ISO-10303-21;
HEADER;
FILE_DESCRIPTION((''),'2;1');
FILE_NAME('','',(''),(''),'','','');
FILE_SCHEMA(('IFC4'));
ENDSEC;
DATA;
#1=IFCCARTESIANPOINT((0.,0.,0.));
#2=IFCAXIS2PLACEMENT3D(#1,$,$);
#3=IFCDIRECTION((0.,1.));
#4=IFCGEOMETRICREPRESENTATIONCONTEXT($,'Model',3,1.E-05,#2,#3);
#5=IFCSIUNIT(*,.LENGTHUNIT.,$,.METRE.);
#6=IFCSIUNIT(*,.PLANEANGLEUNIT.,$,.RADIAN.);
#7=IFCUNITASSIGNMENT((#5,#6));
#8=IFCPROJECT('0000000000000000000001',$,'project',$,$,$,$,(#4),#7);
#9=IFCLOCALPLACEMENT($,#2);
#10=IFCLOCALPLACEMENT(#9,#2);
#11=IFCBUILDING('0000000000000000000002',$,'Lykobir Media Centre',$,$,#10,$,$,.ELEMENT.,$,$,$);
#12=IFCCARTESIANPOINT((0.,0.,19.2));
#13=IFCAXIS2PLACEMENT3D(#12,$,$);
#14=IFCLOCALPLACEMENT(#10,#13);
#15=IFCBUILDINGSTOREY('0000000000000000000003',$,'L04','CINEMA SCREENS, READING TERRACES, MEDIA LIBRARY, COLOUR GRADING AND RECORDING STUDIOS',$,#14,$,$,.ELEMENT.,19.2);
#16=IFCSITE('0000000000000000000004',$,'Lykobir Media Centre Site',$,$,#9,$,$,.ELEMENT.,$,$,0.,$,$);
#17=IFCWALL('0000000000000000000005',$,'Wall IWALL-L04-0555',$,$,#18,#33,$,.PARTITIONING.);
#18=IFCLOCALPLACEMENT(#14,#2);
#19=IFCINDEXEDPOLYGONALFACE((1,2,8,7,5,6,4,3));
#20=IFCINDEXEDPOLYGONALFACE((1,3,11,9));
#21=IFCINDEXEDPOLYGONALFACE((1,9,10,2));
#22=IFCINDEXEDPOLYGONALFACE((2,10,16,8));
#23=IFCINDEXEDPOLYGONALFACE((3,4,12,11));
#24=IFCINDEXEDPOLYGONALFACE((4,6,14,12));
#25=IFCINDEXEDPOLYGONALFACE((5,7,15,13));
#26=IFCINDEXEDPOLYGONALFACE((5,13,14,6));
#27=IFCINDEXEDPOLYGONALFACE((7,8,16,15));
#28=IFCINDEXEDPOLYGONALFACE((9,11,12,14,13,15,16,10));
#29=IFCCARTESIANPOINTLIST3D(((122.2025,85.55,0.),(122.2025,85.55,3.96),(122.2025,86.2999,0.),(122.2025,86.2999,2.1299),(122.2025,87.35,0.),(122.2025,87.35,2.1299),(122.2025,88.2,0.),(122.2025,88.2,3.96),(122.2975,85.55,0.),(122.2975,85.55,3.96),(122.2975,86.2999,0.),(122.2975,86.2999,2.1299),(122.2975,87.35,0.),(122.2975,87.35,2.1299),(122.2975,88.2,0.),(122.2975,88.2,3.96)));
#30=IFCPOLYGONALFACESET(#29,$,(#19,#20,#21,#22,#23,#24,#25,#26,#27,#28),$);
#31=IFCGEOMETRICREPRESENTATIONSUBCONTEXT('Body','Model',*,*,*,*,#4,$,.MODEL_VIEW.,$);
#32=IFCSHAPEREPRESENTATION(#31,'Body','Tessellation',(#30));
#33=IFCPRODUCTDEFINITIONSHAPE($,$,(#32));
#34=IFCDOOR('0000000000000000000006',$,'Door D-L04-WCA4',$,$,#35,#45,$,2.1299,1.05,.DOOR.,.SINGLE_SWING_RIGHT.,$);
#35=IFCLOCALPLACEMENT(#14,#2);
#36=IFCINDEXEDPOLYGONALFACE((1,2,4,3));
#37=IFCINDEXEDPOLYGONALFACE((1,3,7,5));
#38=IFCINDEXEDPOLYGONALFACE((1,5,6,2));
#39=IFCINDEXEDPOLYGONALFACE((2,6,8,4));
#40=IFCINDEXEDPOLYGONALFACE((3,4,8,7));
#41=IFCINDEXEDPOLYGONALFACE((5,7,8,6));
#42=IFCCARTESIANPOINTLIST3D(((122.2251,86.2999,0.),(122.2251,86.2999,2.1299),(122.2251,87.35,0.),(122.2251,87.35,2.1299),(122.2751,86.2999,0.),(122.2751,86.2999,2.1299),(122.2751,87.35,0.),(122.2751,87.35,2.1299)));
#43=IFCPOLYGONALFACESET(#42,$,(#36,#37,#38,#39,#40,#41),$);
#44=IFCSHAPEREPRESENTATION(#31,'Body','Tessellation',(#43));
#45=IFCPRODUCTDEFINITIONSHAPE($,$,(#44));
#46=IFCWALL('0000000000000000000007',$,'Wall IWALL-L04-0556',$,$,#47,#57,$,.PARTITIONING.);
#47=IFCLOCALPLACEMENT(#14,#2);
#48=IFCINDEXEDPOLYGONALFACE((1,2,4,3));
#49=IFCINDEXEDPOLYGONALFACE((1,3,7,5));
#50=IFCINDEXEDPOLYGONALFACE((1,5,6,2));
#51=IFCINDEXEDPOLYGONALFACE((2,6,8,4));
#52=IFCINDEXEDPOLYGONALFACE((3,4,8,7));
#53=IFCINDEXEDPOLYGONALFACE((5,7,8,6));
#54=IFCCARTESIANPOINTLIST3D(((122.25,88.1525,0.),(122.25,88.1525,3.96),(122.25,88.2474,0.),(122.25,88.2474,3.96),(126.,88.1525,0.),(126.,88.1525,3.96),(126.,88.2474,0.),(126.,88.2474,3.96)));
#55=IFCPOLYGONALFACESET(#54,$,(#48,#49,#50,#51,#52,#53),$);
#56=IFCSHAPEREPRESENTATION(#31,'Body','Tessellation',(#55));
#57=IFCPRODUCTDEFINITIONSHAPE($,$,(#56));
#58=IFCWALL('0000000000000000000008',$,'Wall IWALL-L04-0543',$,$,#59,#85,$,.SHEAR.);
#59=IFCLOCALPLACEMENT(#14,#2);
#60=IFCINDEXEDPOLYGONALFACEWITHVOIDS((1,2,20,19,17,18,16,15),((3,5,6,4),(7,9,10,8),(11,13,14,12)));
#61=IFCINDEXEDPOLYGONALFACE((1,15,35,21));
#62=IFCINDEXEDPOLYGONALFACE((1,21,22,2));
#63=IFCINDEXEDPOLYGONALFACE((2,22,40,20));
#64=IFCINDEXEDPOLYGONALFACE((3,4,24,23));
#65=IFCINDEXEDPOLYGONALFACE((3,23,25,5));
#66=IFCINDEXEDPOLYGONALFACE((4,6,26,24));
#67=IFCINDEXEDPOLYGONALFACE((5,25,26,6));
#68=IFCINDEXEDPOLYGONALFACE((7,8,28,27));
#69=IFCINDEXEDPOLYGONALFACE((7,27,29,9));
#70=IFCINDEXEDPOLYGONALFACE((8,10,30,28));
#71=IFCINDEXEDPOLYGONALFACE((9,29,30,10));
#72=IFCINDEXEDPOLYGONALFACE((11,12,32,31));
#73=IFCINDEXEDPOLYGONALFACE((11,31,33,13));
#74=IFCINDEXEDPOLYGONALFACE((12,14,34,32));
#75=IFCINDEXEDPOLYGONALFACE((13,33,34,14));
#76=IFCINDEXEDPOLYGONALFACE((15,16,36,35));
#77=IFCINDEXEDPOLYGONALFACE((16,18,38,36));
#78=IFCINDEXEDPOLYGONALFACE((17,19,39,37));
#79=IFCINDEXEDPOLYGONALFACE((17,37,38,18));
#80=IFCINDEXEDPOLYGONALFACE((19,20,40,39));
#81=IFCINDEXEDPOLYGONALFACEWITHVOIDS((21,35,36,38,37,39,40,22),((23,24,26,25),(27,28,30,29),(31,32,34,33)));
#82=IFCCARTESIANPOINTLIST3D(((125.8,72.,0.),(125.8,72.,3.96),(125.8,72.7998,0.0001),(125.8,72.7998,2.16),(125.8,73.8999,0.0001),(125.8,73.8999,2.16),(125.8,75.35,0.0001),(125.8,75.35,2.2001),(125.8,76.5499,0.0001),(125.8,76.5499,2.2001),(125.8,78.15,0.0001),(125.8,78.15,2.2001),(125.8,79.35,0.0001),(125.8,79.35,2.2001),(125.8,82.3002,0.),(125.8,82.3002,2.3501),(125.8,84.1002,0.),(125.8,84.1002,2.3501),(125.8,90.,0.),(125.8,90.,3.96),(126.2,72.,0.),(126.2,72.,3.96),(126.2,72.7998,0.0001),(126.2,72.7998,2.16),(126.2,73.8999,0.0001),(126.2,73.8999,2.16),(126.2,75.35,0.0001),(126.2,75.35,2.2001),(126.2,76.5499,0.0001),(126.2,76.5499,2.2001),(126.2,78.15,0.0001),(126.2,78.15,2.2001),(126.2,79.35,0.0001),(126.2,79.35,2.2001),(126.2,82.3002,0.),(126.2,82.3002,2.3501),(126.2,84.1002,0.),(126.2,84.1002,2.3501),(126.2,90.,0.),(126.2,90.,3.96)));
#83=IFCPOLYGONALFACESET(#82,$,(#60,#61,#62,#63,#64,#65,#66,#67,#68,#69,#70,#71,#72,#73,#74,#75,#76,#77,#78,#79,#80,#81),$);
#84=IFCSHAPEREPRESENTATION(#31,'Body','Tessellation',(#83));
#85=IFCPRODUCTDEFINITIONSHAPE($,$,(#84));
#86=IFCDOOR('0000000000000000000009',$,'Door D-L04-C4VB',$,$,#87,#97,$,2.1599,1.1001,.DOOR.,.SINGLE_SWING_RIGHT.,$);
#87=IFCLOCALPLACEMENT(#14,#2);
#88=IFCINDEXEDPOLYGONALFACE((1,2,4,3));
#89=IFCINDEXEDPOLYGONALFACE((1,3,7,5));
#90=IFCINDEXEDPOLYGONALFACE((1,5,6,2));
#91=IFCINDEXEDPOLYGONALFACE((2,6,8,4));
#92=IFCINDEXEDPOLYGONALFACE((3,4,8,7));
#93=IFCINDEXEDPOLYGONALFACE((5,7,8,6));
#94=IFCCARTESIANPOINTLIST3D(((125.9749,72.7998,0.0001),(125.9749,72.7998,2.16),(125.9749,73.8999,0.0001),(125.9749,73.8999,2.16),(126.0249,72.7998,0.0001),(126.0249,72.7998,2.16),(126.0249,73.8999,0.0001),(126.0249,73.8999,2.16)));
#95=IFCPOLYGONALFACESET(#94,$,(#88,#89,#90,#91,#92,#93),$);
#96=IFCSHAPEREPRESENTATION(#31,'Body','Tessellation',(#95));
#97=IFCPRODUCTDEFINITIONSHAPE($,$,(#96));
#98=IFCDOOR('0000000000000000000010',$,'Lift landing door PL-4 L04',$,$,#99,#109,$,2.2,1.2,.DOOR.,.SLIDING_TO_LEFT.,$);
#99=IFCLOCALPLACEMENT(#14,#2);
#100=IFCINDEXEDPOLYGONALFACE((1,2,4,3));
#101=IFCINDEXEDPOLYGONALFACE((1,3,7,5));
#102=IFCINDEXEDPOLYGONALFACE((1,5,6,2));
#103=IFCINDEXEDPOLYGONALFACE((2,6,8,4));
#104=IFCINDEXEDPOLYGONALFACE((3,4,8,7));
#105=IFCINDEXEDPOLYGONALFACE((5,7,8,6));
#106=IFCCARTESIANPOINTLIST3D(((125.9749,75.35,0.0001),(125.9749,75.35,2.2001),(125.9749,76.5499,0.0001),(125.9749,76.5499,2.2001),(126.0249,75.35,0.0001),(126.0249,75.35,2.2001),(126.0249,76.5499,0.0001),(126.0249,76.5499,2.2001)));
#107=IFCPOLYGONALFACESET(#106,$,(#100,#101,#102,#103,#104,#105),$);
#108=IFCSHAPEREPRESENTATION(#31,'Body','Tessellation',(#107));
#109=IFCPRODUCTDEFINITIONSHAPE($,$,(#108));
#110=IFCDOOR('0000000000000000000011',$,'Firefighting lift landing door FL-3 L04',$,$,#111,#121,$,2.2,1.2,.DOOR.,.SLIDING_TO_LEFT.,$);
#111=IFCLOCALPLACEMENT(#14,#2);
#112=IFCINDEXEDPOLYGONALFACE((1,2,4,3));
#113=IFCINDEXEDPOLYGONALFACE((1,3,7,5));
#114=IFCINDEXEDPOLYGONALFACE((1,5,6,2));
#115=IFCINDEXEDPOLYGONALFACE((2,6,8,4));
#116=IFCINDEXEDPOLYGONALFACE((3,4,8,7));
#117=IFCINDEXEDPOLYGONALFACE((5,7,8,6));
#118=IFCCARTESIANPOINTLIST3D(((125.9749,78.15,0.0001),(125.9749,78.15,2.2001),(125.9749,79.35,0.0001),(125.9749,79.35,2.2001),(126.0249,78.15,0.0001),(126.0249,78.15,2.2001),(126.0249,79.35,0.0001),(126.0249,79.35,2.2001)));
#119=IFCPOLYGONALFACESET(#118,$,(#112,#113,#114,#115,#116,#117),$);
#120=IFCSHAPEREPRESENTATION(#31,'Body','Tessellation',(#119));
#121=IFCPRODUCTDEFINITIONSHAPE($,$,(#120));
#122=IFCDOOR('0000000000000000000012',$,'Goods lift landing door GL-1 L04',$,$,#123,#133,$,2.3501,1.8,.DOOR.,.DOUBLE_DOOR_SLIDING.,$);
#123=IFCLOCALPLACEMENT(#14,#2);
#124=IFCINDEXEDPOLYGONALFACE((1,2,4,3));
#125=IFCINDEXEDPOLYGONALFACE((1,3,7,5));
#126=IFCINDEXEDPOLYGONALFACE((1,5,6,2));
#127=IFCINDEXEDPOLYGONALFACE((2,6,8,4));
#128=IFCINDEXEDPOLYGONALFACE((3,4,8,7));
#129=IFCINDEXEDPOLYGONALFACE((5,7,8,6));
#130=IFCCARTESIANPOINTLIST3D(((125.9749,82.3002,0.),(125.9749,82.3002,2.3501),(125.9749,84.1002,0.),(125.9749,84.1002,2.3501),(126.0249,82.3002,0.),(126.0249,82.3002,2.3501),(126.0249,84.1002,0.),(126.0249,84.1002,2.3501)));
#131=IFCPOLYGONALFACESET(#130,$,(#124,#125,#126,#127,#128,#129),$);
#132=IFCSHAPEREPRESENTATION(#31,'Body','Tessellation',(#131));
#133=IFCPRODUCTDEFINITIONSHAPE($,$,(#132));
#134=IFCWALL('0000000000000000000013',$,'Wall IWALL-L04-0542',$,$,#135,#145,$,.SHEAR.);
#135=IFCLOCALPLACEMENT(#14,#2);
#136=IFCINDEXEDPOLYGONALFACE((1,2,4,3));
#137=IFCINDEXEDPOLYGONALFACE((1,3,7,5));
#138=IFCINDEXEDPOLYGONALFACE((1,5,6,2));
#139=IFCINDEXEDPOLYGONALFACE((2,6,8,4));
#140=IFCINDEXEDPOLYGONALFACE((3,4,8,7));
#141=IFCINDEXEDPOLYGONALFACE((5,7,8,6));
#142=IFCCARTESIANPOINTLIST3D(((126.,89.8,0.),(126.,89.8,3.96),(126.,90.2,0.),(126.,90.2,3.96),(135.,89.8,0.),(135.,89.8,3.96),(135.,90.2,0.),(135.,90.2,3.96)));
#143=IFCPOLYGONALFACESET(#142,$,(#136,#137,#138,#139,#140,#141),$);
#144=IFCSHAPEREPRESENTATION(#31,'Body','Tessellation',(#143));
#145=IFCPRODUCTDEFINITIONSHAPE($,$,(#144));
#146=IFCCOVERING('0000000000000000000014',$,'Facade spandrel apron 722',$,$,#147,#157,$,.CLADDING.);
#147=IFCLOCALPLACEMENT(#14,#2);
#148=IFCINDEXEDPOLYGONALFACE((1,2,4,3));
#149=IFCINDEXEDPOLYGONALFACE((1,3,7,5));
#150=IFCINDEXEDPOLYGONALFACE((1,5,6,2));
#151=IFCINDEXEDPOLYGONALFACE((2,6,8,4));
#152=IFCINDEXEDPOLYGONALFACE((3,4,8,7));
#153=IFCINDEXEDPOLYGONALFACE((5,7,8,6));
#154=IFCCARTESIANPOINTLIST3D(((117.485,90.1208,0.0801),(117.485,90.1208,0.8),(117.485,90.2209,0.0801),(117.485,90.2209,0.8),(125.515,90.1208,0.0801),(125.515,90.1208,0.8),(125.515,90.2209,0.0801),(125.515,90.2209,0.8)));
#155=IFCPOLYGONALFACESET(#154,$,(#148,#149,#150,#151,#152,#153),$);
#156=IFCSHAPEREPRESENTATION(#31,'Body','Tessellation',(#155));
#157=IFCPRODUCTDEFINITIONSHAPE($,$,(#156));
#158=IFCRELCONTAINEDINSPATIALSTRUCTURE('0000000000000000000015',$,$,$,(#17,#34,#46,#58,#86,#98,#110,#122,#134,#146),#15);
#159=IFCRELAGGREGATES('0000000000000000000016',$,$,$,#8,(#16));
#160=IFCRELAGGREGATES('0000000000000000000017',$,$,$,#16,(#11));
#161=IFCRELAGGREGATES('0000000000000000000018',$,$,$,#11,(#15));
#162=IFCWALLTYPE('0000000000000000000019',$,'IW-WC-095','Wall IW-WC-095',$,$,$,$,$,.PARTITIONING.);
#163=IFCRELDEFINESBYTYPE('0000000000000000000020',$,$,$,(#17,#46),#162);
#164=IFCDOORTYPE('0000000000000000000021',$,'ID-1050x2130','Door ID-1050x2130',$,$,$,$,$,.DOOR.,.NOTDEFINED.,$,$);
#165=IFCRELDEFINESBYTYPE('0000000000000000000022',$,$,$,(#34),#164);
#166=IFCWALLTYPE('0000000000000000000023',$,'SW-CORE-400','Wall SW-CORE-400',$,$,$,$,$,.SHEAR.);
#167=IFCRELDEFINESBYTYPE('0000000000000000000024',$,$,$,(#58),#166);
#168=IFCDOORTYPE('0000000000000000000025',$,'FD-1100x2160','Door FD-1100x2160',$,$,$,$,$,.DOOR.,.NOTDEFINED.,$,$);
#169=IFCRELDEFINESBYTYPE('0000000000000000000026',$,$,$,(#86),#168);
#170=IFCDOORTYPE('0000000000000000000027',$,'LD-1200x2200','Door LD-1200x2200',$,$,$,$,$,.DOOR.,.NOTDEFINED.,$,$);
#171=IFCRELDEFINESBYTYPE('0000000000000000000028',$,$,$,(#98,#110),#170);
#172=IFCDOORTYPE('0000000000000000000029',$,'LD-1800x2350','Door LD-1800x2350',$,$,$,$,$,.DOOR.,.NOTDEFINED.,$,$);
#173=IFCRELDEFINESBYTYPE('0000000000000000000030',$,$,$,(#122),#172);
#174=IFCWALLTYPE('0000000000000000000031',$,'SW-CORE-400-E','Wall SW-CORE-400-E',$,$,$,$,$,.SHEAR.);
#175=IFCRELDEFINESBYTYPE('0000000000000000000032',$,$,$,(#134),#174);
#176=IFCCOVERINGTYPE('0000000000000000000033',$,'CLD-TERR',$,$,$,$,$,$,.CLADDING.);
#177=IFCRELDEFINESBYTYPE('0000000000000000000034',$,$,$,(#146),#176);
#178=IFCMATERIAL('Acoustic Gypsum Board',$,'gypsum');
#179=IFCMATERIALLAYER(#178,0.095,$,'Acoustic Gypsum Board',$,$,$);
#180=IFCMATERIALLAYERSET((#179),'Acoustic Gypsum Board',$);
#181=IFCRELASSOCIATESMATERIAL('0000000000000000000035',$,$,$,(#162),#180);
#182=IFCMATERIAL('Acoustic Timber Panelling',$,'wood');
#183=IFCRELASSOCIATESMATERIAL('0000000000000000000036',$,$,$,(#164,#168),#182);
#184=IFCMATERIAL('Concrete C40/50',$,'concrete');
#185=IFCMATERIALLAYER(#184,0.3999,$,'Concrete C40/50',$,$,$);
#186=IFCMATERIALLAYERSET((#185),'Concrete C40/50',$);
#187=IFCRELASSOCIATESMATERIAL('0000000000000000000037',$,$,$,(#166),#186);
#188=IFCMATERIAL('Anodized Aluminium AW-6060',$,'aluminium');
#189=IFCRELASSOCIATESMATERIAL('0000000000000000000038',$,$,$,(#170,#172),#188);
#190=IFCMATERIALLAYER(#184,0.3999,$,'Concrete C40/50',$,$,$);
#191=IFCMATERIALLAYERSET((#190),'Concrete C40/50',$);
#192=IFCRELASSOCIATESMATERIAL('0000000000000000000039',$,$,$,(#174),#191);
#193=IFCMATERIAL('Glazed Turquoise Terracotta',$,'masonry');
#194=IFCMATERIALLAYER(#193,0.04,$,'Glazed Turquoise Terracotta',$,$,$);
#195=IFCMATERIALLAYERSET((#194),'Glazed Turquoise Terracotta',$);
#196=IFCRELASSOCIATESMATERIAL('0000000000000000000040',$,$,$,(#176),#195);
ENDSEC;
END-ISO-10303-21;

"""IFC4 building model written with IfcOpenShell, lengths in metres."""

from ifc_helpers import new_model, si_unit, direction, frame, frame_2d, origin, origin_2d, place, context, subcontext, project, spatial, rectangle, extrude, material, layer, layer_set, type_object, element, fill, save


model = new_model("IFC4")

# Units and contexts
model_context = context("Model", 3, precision=1e-05, world=origin(), true_north=direction((0.0, 1.0)))
body_context = subcontext(model_context, "Body", "Model", "MODEL_VIEW")
ifc_project = project(units=[si_unit("LENGTHUNIT", "METRE"), si_unit("PLANEANGLEUNIT", "RADIAN")], contexts=[model_context])

# Site, building, storey
site_placement = place(None, origin())
site = spatial("IfcSite", under=ifc_project, at=site_placement, Name="Lykobir Media Centre Site", CompositionType="ELEMENT", RefElevation=0.0)
building_placement = place(site_placement, origin())
building = spatial("IfcBuilding", under=site, at=building_placement, Name="Lykobir Media Centre", CompositionType="ELEMENT")
storey_placement = place(building_placement, frame((0.0, 0.0, 19.2)))
storey = spatial("IfcBuildingStorey", under=building, at=storey_placement, Name="L04", Description="CINEMA SCREENS, READING TERRACES, MEDIA LIBRARY, COLOUR GRADING AND RECORDING STUDIOS", CompositionType="ELEMENT", Elevation=19.2)

# Shared definitions
ifc_material_1 = material(Name="Concrete C40/50", Category="concrete")

# Shared definitions
ifc_material_2 = material(Name="Glazed Turquoise Terracotta", Category="masonry")

# Shared definitions
ifc_material_3 = material(Name="Acoustic Gypsum Board", Category="gypsum")

# Wall, opening, door
ifc_layer_1 = layer(ifc_material_3, 0.095, Name="Acoustic Gypsum Board")
ifc_layer_set_1 = layer_set([ifc_layer_1], Name="Acoustic Gypsum Board")
wall_type_1 = type_object("IfcWallType", Name="IW-WC-095", Description="Wall IW-WC-095", PredefinedType="PARTITIONING", material=ifc_layer_set_1)
wall_1_placement = place(storey_placement, frame((122.25, 85.55, 0.0), z_axis=(0.0, 0.0, 1.0), x_axis=(0.0, 1.0, 0.0)))
wall_1 = element("IfcWall", 1, at=wall_1_placement, inside=storey, type_object=wall_type_1, Name="Wall IWALL-L04-0555", PredefinedType="PARTITIONING", context=body_context, shape_type="SweptSolid", body=[
    extrude(rectangle(XDim=2.6499, YDim=0.095, at=frame_2d((1.325, 0.0))), origin(), (0.0, 0.0, 1.0), 3.96),
])
opening_1_placement = place(wall_1_placement, frame((0.75, 0.0, 0.0)))
opening_1 = element("IfcOpeningElement", 2, at=opening_1_placement, cuts=wall_1, PredefinedType="OPENING", context=body_context, shape_type="SweptSolid", body=[
    extrude(rectangle(XDim=1.05, YDim=2.1299, at=frame_2d((0.5249, 1.0649))), frame((0.0, 0.0574, 0.0), z_axis=(0.0, -1.0, 0.0), x_axis=(1.0, 0.0, 0.0)), (0.0, 0.0, 1.0), 0.115),
])
ifc_material_4 = material(Name="Acoustic Timber Panelling", Category="wood")
door_type_1 = type_object("IfcDoorType", Name="ID-1050x2130", Description="Door ID-1050x2130", OperationType="NOTDEFINED", PredefinedType="DOOR", material=ifc_material_4)
door_1_placement = place(opening_1_placement, origin())
door_1 = element("IfcDoor", 3, at=door_1_placement, inside=storey, type_object=door_type_1, Name="Door D-L04-WCA4", OperationType="SINGLE_SWING_RIGHT", OverallHeight=2.1299, OverallWidth=1.05, PredefinedType="DOOR", context=body_context, shape_type="SweptSolid", body=[
    extrude(rectangle(XDim=1.05, YDim=2.1299, at=frame_2d((0.5249, 1.0649))), frame((0.0, 0.0249, 0.0), z_axis=(0.0, -1.0, 0.0), x_axis=(1.0, 0.0, 0.0)), (0.0, 0.0, 1.0), 0.05),
])
fill(opening_1, door_1)

# Wall
wall_2_placement = place(storey_placement, frame((122.25, 88.2, 0.0), z_axis=(0.0, 0.0, 1.0), x_axis=(1.0, 0.0, 0.0)))
element("IfcWall", 4, at=wall_2_placement, inside=storey, type_object=wall_type_1, Name="Wall IWALL-L04-0556", PredefinedType="PARTITIONING", context=body_context, shape_type="SweptSolid", body=[
    extrude(rectangle(XDim=3.75, YDim=0.095, at=frame_2d((1.875, 0.0))), origin(), (0.0, 0.0, 1.0), 3.96),
])

# Wall, openings, doors
ifc_layer_2 = layer(ifc_material_1, 0.3999, Name="Concrete C40/50")
ifc_layer_set_2 = layer_set([ifc_layer_2], Name="Concrete C40/50")
wall_type_2 = type_object("IfcWallType", Name="SW-CORE-400", Description="Wall SW-CORE-400", PredefinedType="SHEAR", material=ifc_layer_set_2)
wall_3_placement = place(storey_placement, frame((126.0, 90.0, 0.0), z_axis=(0.0, 0.0, 1.0), x_axis=(0.0, -1.0, 0.0)))
wall_3 = element("IfcWall", 5, at=wall_3_placement, inside=storey, type_object=wall_type_2, Name="Wall IWALL-L04-0543", PredefinedType="SHEAR", context=body_context, shape_type="SweptSolid", body=[
    extrude(rectangle(XDim=18.0, YDim=0.3999, at=frame_2d((9.0, 0.0))), origin(), (0.0, 0.0, 1.0), 3.96),
])
opening_2_placement = place(wall_3_placement, frame((16.1001, 0.0, 0.0)))
opening_2 = element("IfcOpeningElement", 6, at=opening_2_placement, cuts=wall_3, PredefinedType="OPENING", context=body_context, shape_type="SweptSolid", body=[
    extrude(rectangle(XDim=1.1001, YDim=2.1599, at=frame_2d((0.55, 1.0801))), frame((0.0, 0.21, 0.0), z_axis=(0.0, -1.0, 0.0), x_axis=(1.0, 0.0, 0.0)), (0.0, 0.0, 1.0), 0.4199),
])
opening_3_placement = place(wall_3_placement, frame((13.45, 0.0, 0.0)))
opening_3 = element("IfcOpeningElement", 7, at=opening_3_placement, cuts=wall_3, PredefinedType="OPENING", context=body_context, shape_type="SweptSolid", body=[
    extrude(rectangle(XDim=1.2, YDim=2.2, at=frame_2d((0.6001, 1.1001))), frame((0.0, 0.21, 0.0), z_axis=(0.0, -1.0, 0.0), x_axis=(1.0, 0.0, 0.0)), (0.0, 0.0, 1.0), 0.4199),
])
opening_4_placement = place(wall_3_placement, frame((10.6499, 0.0, 0.0)))
opening_4 = element("IfcOpeningElement", 8, at=opening_4_placement, cuts=wall_3, PredefinedType="OPENING", context=body_context, shape_type="SweptSolid", body=[
    extrude(rectangle(XDim=1.2, YDim=2.2, at=frame_2d((0.6001, 1.1001))), frame((0.0, 0.21, 0.0), z_axis=(0.0, -1.0, 0.0), x_axis=(1.0, 0.0, 0.0)), (0.0, 0.0, 1.0), 0.4199),
])
opening_5_placement = place(wall_3_placement, frame((5.8999, 0.0, 0.0)))
opening_5 = element("IfcOpeningElement", 9, at=opening_5_placement, cuts=wall_3, PredefinedType="OPENING", context=body_context, shape_type="SweptSolid", body=[
    extrude(rectangle(XDim=1.8, YDim=2.3501, at=frame_2d((0.8999, 1.175))), frame((0.0, 0.21, 0.0), z_axis=(0.0, -1.0, 0.0), x_axis=(1.0, 0.0, 0.0)), (0.0, 0.0, 1.0), 0.4199),
])
door_type_2 = type_object("IfcDoorType", Name="FD-1100x2160", Description="Door FD-1100x2160", OperationType="NOTDEFINED", PredefinedType="DOOR", material=ifc_material_4)
door_2_placement = place(opening_2_placement, origin())
door_2 = element("IfcDoor", 10, at=door_2_placement, inside=storey, type_object=door_type_2, Name="Door D-L04-C4VB", OperationType="SINGLE_SWING_RIGHT", OverallHeight=2.1599, OverallWidth=1.1001, PredefinedType="DOOR", context=body_context, shape_type="SweptSolid", body=[
    extrude(rectangle(XDim=1.1001, YDim=2.1599, at=frame_2d((0.55, 1.0801))), frame((0.0, 0.0249, 0.0), z_axis=(0.0, -1.0, 0.0), x_axis=(1.0, 0.0, 0.0)), (0.0, 0.0, 1.0), 0.05),
])
fill(opening_2, door_2)
ifc_material_5 = material(Name="Anodized Aluminium AW-6060", Category="aluminium")
door_type_3 = type_object("IfcDoorType", Name="LD-1200x2200", Description="Door LD-1200x2200", OperationType="NOTDEFINED", PredefinedType="DOOR", material=ifc_material_5)
door_3_placement = place(opening_3_placement, origin())
door_3 = element("IfcDoor", 11, at=door_3_placement, inside=storey, type_object=door_type_3, Name="Lift landing door PL-4 L04", OperationType="SLIDING_TO_LEFT", OverallHeight=2.2, OverallWidth=1.2, PredefinedType="DOOR", context=body_context, shape_type="SweptSolid", body=[
    extrude(rectangle(XDim=1.2, YDim=2.2, at=frame_2d((0.6001, 1.1001))), frame((0.0, 0.0249, 0.0), z_axis=(0.0, -1.0, 0.0), x_axis=(1.0, 0.0, 0.0)), (0.0, 0.0, 1.0), 0.05),
])
fill(opening_3, door_3)
door_4_placement = place(opening_4_placement, origin())
door_4 = element("IfcDoor", 12, at=door_4_placement, inside=storey, type_object=door_type_3, Name="Firefighting lift landing door FL-3 L04", OperationType="SLIDING_TO_LEFT", OverallHeight=2.2, OverallWidth=1.2, PredefinedType="DOOR", context=body_context, shape_type="SweptSolid", body=[
    extrude(rectangle(XDim=1.2, YDim=2.2, at=frame_2d((0.6001, 1.1001))), frame((0.0, 0.0249, 0.0), z_axis=(0.0, -1.0, 0.0), x_axis=(1.0, 0.0, 0.0)), (0.0, 0.0, 1.0), 0.05),
])
fill(opening_4, door_4)
door_type_4 = type_object("IfcDoorType", Name="LD-1800x2350", Description="Door LD-1800x2350", OperationType="NOTDEFINED", PredefinedType="DOOR", material=ifc_material_5)
door_5_placement = place(opening_5_placement, origin())
door_5 = element("IfcDoor", 13, at=door_5_placement, inside=storey, type_object=door_type_4, Name="Goods lift landing door GL-1 L04", OperationType="DOUBLE_DOOR_SLIDING", OverallHeight=2.3501, OverallWidth=1.8, PredefinedType="DOOR", context=body_context, shape_type="SweptSolid", body=[
    extrude(rectangle(XDim=1.8, YDim=2.3501, at=frame_2d((0.8999, 1.175))), frame((0.0, 0.0249, 0.0), z_axis=(0.0, -1.0, 0.0), x_axis=(1.0, 0.0, 0.0)), (0.0, 0.0, 1.0), 0.05),
])
fill(opening_5, door_5)

# Wall
ifc_layer_3 = layer(ifc_material_1, 0.3999, Name="Concrete C40/50")
ifc_layer_set_3 = layer_set([ifc_layer_3], Name="Concrete C40/50")
wall_type_3 = type_object("IfcWallType", Name="SW-CORE-400-E", Description="Wall SW-CORE-400-E", PredefinedType="SHEAR", material=ifc_layer_set_3)
wall_4_placement = place(storey_placement, frame((135.0, 90.0, 0.0), z_axis=(0.0, 0.0, 1.0), x_axis=(-1.0, 0.0, 0.0)))
element("IfcWall", 14, at=wall_4_placement, inside=storey, type_object=wall_type_3, Name="Wall IWALL-L04-0542", PredefinedType="SHEAR", context=body_context, shape_type="SweptSolid", body=[
    extrude(rectangle(XDim=9.0, YDim=0.3999, at=frame_2d((4.5, 0.0))), origin(), (0.0, 0.0, 1.0), 3.96),
])

# Covering
ifc_layer_4 = layer(ifc_material_2, 0.04, Name="Glazed Turquoise Terracotta")
ifc_layer_set_4 = layer_set([ifc_layer_4], Name="Glazed Turquoise Terracotta")
covering_type_1 = type_object("IfcCoveringType", Name="CLD-TERR", PredefinedType="CLADDING", material=ifc_layer_set_4)
covering_1_placement = place(storey_placement, frame((121.5, 90.1709, 0.0801), z_axis=(0.0, 0.0, 1.0), x_axis=(-1.0, 0.0, 0.0)))
element("IfcCovering", 15, at=covering_1_placement, inside=storey, type_object=covering_type_1, Name="Facade spandrel apron 722", PredefinedType="CLADDING", context=body_context, shape_type="SweptSolid", body=[
    extrude(rectangle(XDim=8.03, YDim=0.1001, at=origin_2d()), origin(), (0.0, 0.0, 1.0), 0.72),
])

save(model, "model.ifc")
